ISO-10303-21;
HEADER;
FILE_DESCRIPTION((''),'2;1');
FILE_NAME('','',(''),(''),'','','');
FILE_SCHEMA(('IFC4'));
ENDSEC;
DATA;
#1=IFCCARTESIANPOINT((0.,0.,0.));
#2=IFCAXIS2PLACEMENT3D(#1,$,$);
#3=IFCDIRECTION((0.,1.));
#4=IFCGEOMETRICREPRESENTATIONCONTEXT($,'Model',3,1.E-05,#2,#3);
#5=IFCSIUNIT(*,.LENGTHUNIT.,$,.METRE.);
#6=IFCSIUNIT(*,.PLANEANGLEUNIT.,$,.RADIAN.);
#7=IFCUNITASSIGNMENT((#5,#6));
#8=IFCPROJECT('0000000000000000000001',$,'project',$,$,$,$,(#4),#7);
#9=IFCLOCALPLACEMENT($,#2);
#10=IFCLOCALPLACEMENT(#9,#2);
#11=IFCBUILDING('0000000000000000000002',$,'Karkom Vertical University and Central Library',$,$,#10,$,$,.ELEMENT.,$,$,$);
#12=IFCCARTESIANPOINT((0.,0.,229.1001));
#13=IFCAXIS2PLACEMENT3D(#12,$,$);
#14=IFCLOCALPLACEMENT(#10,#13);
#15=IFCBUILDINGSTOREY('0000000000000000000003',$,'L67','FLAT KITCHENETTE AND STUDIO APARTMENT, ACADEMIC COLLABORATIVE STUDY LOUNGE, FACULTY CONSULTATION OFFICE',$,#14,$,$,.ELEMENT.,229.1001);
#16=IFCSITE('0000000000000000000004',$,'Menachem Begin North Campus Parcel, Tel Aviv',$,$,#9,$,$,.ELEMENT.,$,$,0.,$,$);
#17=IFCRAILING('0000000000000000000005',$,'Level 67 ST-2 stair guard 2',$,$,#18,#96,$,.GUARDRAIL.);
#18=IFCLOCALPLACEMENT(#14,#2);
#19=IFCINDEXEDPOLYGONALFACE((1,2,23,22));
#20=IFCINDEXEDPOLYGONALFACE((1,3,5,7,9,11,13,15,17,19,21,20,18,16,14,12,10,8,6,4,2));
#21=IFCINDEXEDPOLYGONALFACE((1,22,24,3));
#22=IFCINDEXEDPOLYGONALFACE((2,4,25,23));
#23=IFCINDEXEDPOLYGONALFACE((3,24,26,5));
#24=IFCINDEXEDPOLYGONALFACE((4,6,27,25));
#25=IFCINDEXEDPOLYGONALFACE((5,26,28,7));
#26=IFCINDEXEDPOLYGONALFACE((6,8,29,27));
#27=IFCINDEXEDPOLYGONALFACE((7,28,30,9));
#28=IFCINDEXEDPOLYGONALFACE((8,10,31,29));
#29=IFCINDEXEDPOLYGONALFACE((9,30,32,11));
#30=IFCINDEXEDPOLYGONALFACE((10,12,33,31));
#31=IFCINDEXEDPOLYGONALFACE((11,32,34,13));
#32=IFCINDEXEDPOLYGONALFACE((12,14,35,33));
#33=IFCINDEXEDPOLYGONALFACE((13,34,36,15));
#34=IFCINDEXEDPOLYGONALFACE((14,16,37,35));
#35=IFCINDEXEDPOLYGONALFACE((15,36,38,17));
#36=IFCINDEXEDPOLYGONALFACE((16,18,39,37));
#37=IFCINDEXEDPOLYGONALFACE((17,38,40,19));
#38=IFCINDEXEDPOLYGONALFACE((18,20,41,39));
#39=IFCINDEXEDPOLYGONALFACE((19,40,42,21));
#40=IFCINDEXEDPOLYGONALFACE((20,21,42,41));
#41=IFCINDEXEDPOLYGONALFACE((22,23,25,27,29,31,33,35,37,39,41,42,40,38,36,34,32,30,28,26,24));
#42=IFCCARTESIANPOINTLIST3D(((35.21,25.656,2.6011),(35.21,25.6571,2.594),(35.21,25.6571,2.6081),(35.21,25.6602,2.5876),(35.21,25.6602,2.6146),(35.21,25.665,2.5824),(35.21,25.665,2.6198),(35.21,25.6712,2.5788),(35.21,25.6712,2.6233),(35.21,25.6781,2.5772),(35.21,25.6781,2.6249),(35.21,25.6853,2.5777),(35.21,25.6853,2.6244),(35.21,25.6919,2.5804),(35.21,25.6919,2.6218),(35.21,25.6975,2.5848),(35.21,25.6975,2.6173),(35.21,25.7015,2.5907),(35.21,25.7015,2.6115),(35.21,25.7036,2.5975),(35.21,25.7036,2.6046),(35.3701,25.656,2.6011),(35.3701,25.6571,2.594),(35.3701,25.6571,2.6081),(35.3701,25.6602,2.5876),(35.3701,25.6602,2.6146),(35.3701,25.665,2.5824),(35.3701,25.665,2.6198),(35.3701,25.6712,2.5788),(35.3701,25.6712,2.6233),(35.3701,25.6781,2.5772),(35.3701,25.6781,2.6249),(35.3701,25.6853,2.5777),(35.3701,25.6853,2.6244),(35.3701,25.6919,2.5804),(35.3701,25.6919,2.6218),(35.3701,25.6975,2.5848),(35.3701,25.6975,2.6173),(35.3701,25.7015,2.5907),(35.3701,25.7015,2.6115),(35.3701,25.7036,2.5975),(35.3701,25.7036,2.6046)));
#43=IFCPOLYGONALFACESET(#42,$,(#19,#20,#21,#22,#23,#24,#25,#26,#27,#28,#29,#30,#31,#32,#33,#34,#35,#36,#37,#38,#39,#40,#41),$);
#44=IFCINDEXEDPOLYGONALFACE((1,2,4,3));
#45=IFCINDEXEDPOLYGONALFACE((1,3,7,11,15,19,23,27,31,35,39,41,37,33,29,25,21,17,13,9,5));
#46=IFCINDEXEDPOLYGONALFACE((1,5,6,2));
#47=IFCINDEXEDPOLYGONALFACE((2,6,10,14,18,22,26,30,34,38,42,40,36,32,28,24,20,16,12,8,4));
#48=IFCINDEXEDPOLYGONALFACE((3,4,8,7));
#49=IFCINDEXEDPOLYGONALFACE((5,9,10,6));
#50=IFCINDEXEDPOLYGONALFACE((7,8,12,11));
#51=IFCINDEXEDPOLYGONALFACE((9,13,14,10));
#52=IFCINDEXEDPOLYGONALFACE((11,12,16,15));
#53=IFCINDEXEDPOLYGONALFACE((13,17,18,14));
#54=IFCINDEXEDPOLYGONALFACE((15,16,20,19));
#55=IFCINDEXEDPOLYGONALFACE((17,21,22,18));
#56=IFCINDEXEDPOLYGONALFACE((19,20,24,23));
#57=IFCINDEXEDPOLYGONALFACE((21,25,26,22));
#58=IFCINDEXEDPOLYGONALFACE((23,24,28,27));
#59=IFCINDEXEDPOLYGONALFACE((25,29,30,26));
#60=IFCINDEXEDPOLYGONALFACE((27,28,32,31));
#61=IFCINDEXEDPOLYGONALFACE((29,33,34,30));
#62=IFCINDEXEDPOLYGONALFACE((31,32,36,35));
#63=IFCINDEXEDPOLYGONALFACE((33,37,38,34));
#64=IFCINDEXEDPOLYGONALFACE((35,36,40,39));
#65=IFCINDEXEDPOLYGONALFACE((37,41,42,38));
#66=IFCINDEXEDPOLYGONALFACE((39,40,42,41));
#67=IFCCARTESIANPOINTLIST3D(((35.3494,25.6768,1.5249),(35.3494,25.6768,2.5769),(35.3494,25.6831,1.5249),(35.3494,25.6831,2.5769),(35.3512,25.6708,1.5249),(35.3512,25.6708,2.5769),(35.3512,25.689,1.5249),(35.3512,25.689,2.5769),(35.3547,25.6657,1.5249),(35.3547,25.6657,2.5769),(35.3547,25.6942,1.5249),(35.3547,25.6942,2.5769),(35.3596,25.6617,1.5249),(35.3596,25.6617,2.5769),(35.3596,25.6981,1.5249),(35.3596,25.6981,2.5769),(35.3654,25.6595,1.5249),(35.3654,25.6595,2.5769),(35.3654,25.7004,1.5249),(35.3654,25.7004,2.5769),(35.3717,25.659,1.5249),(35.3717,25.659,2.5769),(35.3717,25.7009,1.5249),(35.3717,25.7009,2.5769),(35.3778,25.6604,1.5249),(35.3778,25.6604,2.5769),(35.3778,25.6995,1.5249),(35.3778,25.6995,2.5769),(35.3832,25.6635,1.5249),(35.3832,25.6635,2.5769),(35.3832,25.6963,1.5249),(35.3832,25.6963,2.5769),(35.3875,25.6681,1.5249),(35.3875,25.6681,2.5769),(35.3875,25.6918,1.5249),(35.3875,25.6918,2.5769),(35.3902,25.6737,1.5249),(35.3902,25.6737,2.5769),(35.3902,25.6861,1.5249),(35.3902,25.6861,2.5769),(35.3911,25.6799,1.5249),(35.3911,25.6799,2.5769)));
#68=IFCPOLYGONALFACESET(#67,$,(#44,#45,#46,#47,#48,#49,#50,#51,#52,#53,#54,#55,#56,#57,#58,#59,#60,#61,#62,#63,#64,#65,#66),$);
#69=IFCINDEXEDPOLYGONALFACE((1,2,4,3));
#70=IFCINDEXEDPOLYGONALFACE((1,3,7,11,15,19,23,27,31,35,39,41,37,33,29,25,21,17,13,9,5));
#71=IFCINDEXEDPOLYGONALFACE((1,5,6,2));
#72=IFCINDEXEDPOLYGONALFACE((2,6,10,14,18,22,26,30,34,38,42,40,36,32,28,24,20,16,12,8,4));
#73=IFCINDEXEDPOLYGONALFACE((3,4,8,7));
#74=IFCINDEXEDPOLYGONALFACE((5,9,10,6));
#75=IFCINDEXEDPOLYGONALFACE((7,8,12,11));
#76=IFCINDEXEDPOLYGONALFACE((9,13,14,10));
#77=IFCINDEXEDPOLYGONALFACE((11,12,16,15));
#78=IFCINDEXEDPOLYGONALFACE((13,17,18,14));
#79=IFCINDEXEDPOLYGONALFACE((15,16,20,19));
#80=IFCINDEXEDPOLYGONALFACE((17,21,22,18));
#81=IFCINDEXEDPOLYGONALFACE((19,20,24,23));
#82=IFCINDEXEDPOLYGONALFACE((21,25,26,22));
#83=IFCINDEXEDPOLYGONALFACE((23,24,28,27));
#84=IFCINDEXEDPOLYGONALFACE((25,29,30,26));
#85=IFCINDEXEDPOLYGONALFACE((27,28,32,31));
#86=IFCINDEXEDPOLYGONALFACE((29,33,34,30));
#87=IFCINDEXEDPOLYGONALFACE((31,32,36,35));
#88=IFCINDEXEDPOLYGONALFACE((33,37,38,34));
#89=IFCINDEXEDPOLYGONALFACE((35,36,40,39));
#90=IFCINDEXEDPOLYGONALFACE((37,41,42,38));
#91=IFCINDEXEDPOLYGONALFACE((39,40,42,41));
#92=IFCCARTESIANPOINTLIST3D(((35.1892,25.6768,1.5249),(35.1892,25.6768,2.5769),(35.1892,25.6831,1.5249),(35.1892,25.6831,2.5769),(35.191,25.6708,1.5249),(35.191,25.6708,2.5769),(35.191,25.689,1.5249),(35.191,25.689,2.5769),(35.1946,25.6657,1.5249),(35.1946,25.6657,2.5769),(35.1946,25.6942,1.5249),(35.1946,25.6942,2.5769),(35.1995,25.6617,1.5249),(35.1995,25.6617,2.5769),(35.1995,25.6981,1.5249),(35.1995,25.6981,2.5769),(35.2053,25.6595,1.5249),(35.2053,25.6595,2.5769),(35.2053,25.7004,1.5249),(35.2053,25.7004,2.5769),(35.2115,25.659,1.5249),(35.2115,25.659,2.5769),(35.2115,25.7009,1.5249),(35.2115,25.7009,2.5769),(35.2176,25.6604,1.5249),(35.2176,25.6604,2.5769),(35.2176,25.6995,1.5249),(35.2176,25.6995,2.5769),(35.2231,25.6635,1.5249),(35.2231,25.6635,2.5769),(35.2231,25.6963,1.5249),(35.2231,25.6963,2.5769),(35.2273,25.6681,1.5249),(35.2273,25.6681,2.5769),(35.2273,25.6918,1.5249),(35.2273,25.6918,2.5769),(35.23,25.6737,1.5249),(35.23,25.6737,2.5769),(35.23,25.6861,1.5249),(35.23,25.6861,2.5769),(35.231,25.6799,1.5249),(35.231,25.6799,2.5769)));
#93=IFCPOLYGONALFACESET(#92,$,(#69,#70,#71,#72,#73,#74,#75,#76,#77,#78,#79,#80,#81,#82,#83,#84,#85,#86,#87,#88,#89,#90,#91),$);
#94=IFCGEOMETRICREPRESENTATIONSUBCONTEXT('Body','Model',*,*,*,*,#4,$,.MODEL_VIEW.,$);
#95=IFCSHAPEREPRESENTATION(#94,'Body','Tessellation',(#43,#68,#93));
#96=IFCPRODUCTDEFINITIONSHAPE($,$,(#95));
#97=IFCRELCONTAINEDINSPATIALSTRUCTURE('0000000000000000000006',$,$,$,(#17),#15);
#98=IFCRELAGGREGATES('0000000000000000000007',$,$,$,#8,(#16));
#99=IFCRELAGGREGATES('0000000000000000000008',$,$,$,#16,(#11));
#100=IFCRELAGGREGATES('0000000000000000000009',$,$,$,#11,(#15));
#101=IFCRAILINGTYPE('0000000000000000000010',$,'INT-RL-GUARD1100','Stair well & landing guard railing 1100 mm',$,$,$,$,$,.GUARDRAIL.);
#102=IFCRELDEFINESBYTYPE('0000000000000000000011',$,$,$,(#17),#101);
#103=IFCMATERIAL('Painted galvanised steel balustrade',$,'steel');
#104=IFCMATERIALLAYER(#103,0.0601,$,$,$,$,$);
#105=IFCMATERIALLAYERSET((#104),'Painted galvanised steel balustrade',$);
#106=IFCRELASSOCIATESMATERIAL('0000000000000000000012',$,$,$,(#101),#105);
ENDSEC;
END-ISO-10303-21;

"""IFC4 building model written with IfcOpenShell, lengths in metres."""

from ifc_helpers import new_model, si_unit, direction, frame, origin, origin_2d, place, context, subcontext, project, spatial, circle, extrude, material, layer, layer_set, type_object, element, save


model = new_model("IFC4")

# Units and contexts
model_context = context("Model", 3, precision=1e-05, world=origin(), true_north=direction((0.0, 1.0)))
body_context = subcontext(model_context, "Body", "Model", "MODEL_VIEW")
ifc_project = project(units=[si_unit("LENGTHUNIT", "METRE"), si_unit("PLANEANGLEUNIT", "RADIAN")], contexts=[model_context])

# Site, building, storey
site_placement = place(None, origin())
site = spatial("IfcSite", under=ifc_project, at=site_placement, Name="Menachem Begin North Campus Parcel, Tel Aviv", CompositionType="ELEMENT", RefElevation=0.0)
building_placement = place(site_placement, origin())
building = spatial("IfcBuilding", under=site, at=building_placement, Name="Karkom Vertical University and Central Library", CompositionType="ELEMENT")
storey_placement = place(building_placement, frame((0.0, 0.0, 229.1001)))
storey = spatial("IfcBuildingStorey", under=building, at=storey_placement, Name="L67", Description="FLAT KITCHENETTE AND STUDIO APARTMENT, ACADEMIC COLLABORATIVE STUDY LOUNGE, FACULTY CONSULTATION OFFICE", CompositionType="ELEMENT", Elevation=229.1001)

# Railing
ifc_material_1 = material(Name="Painted galvanised steel balustrade", Category="steel")
ifc_layer_1 = layer(ifc_material_1, 0.0601)
ifc_layer_set_1 = layer_set([ifc_layer_1], Name="Painted galvanised steel balustrade")
railing_type_1 = type_object("IfcRailingType", Name="INT-RL-GUARD1100", Description="Stair well & landing guard railing 1100 mm", PredefinedType="GUARDRAIL", material=ifc_layer_set_1)
railing_1_placement = place(storey_placement, frame((35.3701, 25.6799, 1.5249)))
element("IfcRailing", 1, at=railing_1_placement, inside=storey, type_object=railing_type_1, Name="Level 67 ST-2 stair guard 2", PredefinedType="GUARDRAIL", context=body_context, shape_type="SweptSolid", body=[
    extrude(circle(Radius=0.0239, at=origin_2d()), frame((0.0, 0.0, 1.0762), z_axis=(-1.0, 0.0, 0.0), x_axis=(0.0, -1.0, 0.0)), (0.0, 0.0, 1.0), 0.1602),
    extrude(circle(Radius=0.021, at=origin_2d()), origin(), (0.0, 0.0, 1.0), 1.052),
    extrude(circle(Radius=0.021, at=origin_2d()), frame((-0.1602, 0.0, 0.0)), (0.0, 0.0, 1.0), 1.052),
])

save(model, "model.ifc")
